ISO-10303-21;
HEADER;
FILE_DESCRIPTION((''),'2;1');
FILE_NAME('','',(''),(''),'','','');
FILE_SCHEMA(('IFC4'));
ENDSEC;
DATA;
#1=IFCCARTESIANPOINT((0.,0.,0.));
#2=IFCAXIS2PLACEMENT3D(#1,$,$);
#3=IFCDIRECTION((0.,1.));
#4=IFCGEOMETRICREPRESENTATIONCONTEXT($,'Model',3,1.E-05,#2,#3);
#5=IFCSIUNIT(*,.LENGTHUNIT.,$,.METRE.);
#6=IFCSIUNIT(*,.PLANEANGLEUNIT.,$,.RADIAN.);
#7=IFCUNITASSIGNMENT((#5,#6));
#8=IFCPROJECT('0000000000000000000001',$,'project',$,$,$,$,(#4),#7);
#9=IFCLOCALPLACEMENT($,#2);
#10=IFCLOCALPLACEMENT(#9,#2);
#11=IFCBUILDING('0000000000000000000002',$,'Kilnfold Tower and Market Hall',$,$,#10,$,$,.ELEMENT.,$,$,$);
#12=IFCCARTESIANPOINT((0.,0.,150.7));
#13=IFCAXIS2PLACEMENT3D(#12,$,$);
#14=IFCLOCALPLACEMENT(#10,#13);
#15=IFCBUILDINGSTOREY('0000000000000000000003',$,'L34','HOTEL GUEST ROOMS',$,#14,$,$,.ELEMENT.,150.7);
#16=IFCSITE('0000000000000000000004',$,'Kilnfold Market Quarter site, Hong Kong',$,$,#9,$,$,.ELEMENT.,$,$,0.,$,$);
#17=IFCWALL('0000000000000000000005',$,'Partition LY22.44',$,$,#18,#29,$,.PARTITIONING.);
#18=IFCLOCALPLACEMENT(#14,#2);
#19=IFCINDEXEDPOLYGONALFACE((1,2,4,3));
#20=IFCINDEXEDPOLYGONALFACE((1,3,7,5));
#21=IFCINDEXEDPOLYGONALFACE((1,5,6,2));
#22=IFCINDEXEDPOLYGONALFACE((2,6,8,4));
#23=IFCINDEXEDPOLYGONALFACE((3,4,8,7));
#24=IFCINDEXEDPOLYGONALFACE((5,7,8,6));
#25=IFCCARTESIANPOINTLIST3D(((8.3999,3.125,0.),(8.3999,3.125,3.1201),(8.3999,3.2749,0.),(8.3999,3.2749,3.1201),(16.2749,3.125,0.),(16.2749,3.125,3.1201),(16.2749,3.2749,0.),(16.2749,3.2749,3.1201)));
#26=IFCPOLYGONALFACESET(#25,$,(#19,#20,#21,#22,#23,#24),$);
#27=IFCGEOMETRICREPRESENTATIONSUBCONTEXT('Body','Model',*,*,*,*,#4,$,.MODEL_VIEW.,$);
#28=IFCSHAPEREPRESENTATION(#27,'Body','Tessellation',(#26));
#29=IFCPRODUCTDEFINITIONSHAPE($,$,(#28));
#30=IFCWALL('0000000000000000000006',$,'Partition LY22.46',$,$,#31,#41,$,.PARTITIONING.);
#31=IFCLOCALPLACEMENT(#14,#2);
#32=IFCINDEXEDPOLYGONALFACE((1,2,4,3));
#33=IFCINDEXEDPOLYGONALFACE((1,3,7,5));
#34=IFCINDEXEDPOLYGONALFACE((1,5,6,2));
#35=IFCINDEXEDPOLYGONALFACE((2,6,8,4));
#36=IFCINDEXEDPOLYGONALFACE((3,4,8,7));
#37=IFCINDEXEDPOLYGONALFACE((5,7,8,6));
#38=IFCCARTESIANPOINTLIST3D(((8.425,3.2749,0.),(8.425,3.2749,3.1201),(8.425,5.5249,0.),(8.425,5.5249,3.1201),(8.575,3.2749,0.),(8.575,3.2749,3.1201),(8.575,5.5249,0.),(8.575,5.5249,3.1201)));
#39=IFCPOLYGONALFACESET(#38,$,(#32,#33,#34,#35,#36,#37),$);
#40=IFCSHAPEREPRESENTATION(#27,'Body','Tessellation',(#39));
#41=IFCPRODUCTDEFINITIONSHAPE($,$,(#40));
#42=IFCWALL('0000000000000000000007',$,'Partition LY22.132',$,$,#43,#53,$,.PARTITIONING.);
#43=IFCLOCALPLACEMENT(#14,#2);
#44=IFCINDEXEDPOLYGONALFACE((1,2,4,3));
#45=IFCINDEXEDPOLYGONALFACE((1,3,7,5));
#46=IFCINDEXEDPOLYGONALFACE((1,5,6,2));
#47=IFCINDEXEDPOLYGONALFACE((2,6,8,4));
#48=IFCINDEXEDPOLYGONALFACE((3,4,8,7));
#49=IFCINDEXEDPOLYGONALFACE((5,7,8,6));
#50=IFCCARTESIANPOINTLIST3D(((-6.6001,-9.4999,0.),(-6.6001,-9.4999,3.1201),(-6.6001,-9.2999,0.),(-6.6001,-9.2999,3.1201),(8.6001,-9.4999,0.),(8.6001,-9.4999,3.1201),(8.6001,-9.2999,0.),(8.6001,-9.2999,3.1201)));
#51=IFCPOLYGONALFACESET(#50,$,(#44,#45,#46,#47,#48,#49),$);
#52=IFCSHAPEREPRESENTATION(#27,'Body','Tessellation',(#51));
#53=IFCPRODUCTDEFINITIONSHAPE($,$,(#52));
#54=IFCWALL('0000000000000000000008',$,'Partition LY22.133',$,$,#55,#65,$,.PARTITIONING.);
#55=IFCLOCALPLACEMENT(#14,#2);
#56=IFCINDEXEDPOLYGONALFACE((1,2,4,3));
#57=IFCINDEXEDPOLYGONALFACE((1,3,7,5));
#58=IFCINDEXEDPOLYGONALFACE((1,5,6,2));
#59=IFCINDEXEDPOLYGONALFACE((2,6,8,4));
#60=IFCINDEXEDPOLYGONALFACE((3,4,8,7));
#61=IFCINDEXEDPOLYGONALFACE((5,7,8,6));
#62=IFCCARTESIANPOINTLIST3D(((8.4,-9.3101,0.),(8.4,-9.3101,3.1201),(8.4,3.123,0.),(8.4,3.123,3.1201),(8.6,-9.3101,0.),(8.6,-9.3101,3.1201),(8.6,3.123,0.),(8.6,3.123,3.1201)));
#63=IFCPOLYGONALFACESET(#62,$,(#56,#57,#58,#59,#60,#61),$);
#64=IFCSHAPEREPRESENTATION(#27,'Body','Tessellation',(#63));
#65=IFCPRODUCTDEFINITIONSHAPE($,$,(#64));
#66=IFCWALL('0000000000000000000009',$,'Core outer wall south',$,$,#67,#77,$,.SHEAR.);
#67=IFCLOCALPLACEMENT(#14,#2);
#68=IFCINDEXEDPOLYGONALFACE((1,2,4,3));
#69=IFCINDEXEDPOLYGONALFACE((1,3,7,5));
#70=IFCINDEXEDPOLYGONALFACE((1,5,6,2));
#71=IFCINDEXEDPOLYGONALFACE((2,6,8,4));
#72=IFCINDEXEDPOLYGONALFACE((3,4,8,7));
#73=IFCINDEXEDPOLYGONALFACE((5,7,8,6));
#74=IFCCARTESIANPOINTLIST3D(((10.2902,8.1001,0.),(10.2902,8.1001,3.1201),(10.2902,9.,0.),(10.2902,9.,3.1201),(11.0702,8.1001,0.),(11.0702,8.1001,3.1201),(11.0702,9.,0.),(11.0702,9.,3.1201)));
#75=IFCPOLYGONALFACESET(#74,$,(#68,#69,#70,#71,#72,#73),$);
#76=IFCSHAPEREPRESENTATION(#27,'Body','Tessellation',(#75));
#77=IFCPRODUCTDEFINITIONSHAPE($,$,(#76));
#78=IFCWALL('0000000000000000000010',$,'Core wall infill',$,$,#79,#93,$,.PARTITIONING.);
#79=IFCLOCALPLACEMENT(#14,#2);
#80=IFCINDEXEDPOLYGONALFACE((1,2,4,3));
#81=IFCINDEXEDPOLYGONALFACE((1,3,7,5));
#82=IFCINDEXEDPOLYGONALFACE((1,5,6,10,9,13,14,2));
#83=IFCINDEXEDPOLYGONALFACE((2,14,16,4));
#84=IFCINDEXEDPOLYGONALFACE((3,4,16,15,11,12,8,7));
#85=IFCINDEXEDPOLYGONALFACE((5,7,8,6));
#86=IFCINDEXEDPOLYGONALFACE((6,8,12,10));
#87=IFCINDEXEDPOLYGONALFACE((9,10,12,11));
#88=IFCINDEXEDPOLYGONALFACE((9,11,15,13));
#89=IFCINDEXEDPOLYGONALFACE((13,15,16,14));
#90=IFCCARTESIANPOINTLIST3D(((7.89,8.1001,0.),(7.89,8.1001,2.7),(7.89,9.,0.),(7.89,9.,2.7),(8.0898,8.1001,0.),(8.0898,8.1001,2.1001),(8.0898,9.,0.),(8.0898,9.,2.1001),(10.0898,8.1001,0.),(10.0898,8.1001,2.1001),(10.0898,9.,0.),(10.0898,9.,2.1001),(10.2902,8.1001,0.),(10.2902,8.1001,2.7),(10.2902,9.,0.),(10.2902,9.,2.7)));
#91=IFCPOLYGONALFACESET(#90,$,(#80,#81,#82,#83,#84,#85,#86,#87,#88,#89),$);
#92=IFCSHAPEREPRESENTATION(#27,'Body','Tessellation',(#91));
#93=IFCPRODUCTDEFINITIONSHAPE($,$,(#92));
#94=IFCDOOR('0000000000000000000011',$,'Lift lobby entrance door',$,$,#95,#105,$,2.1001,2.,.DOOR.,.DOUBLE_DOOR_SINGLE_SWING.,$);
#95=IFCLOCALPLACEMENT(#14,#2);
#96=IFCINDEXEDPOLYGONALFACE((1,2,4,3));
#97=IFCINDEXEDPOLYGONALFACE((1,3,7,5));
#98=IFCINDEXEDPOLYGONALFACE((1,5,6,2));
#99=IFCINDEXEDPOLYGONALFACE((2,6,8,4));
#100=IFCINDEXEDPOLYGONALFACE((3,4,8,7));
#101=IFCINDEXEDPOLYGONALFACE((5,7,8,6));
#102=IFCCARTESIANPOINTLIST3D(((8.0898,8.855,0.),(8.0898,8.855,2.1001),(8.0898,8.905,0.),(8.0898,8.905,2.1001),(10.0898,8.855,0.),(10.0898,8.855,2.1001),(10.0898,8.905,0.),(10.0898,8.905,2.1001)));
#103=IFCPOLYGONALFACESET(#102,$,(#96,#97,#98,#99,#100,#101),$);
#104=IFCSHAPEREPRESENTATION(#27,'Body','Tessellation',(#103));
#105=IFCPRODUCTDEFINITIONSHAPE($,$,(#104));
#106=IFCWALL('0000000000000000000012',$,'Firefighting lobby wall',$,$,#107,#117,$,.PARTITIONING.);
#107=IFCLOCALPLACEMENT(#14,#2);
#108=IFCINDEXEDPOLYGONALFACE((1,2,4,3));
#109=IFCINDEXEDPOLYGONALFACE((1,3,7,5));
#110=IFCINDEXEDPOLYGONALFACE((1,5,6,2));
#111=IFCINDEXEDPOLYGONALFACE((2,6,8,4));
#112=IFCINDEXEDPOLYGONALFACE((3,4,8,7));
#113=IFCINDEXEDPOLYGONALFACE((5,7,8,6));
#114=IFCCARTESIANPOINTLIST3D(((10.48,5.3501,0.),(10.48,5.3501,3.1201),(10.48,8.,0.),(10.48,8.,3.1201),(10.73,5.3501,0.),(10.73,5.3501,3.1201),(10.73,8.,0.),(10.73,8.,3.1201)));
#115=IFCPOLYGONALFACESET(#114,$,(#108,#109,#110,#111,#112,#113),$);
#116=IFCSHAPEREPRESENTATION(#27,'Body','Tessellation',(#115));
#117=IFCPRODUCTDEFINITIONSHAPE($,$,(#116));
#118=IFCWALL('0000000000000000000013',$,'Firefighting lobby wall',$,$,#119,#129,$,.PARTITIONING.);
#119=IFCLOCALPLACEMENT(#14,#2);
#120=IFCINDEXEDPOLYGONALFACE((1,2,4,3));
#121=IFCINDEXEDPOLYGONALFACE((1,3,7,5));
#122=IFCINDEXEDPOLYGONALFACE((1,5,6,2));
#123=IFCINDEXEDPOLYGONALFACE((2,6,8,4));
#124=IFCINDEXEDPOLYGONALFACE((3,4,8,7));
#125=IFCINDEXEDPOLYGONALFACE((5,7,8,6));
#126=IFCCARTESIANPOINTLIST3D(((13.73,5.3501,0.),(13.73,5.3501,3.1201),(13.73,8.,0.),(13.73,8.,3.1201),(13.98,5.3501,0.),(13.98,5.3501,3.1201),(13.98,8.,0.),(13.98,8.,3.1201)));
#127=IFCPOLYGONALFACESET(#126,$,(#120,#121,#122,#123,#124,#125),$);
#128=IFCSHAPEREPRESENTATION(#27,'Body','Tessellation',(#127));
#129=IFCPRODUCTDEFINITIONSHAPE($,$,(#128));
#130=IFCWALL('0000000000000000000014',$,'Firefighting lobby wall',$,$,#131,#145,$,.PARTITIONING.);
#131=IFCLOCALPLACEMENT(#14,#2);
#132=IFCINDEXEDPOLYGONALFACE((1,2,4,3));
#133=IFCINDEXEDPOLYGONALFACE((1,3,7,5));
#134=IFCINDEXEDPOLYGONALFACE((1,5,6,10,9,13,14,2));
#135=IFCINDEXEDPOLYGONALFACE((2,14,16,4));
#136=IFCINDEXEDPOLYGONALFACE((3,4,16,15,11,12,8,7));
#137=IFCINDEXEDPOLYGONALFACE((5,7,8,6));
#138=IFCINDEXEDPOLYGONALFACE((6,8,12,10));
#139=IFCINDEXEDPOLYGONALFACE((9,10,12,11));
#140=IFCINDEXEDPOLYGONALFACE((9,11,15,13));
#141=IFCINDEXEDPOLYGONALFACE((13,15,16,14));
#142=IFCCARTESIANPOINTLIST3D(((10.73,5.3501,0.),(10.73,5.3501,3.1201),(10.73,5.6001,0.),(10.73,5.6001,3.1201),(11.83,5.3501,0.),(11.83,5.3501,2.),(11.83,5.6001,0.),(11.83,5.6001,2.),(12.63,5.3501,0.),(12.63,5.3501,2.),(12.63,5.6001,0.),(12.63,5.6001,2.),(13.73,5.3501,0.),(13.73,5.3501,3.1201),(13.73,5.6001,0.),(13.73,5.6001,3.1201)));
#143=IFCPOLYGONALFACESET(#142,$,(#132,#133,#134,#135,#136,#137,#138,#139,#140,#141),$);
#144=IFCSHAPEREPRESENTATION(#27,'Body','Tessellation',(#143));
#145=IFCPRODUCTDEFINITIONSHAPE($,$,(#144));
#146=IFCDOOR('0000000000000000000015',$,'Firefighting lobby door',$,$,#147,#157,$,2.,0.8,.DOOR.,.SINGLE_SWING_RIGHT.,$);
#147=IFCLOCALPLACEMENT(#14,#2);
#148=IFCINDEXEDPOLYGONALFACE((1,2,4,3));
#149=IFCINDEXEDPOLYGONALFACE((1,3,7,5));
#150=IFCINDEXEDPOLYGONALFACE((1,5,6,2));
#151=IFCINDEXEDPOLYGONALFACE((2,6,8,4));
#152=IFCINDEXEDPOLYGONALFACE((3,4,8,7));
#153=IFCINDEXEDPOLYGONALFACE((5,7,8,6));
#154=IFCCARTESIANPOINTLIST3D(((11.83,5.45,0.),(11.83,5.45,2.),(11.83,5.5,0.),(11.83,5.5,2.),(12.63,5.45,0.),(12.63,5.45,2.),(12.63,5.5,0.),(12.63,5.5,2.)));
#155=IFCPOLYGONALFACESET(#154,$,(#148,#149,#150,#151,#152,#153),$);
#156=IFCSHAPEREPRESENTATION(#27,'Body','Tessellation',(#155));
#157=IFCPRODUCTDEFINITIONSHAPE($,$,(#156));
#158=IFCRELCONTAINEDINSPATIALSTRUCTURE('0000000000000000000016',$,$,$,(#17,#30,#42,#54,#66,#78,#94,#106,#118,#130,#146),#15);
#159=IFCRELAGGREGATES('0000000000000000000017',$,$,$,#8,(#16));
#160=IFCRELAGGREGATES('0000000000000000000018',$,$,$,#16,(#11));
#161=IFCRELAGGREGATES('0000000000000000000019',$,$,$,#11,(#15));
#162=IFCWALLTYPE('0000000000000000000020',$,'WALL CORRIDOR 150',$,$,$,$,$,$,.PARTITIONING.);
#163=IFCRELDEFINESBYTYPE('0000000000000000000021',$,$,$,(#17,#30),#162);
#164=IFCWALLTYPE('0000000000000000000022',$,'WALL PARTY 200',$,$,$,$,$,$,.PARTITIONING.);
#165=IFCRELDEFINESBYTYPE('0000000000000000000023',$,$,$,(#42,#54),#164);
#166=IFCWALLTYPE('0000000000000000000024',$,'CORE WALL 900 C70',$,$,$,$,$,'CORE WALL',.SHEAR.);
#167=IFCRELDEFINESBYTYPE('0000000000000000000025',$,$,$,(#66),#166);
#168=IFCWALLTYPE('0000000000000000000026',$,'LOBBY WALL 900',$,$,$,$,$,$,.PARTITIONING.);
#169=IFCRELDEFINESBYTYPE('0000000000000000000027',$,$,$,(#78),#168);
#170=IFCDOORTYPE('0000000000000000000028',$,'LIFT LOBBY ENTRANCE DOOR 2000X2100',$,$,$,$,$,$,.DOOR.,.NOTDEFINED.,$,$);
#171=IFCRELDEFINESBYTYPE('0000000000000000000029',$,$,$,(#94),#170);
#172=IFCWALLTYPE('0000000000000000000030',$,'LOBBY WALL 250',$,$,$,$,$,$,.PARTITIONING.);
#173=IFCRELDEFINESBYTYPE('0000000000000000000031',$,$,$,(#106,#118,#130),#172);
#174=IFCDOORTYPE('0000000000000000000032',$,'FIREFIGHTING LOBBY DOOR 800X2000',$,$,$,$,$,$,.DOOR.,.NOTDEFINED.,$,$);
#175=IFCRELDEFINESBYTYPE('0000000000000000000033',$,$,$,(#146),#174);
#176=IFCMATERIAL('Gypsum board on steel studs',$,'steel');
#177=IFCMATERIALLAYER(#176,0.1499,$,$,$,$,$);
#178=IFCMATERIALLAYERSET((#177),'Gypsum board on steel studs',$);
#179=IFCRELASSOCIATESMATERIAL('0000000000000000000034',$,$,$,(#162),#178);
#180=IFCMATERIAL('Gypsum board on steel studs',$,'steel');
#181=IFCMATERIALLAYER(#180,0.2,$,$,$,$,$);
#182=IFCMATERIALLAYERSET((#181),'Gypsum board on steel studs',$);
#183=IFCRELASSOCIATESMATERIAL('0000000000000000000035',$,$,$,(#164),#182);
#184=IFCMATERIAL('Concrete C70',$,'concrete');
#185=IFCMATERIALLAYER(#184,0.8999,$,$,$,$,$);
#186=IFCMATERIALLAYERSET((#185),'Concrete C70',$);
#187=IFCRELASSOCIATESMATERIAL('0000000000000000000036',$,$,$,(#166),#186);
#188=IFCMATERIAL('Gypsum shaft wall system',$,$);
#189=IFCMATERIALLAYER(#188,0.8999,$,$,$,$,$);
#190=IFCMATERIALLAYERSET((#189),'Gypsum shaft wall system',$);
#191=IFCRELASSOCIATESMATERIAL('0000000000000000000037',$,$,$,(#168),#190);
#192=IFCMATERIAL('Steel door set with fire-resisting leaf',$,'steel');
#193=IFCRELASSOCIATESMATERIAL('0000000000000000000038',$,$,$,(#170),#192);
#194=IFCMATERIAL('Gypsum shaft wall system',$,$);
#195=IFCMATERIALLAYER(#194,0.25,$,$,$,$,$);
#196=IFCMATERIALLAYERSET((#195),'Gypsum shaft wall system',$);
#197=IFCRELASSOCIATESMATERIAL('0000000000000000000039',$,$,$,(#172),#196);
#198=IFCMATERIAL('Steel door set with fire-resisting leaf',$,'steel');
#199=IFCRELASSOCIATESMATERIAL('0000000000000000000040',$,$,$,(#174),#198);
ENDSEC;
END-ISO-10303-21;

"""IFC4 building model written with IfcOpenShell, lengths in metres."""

from ifc_helpers import new_model, si_unit, direction, frame, frame_2d, origin, place, context, subcontext, project, spatial, rectangle, extrude, source, transform, mapped, material, layer, layer_set, type_object, element, fill, save


model = new_model("IFC4")

# Units and contexts
model_context = context("Model", 3, precision=1e-05, world=origin(), true_north=direction((0.0, 1.0)))
body_context = subcontext(model_context, "Body", "Model", "MODEL_VIEW")
ifc_project = project(units=[si_unit("LENGTHUNIT", "METRE"), si_unit("PLANEANGLEUNIT", "RADIAN")], contexts=[model_context])

# Site, building, storey
site_placement = place(None, origin())
site = spatial("IfcSite", under=ifc_project, at=site_placement, Name="Kilnfold Market Quarter site, Hong Kong", CompositionType="ELEMENT", RefElevation=0.0)
building_placement = place(site_placement, origin())
building = spatial("IfcBuilding", under=site, at=building_placement, Name="Kilnfold Tower and Market Hall", CompositionType="ELEMENT")
storey_placement = place(building_placement, frame((0.0, 0.0, 150.7)))
storey = spatial("IfcBuildingStorey", under=building, at=storey_placement, Name="L34", Description="HOTEL GUEST ROOMS", CompositionType="ELEMENT", Elevation=150.7)

# Shared definitions
ifc_material_1 = material(Name="Gypsum board on steel studs", Category="steel")
ifc_layer_1 = layer(ifc_material_1, 0.1499)
ifc_layer_set_1 = layer_set([ifc_layer_1], Name="Gypsum board on steel studs")
wall_type_1 = type_object("IfcWallType", Name="WALL CORRIDOR 150", PredefinedType="PARTITIONING", material=ifc_layer_set_1)

# Walls
wall_1_placement = place(storey_placement, frame((8.3999, 3.2, 0.0), z_axis=(0.0, 0.0, 1.0), x_axis=(1.0, 0.0, 0.0)))
element("IfcWall", 1, at=wall_1_placement, inside=storey, type_object=wall_type_1, Name="Partition LY22.44", PredefinedType="PARTITIONING", context=body_context, shape_type="SweptSolid", body=[
    extrude(rectangle(XDim=7.875, YDim=0.1499, at=frame_2d((3.9375, 0.0))), origin(), (0.0, 0.0, 1.0), 3.1201),
])
wall_2_placement = place(storey_placement, frame((8.5, 5.5249, 0.0), z_axis=(0.0, 0.0, 1.0), x_axis=(0.0, -1.0, 0.0)))
element("IfcWall", 2, at=wall_2_placement, inside=storey, type_object=wall_type_1, Name="Partition LY22.46", PredefinedType="PARTITIONING", context=body_context, shape_type="SweptSolid", body=[
    extrude(rectangle(XDim=2.25, YDim=0.1499, at=frame_2d((1.125, 0.0))), origin(), (0.0, 0.0, 1.0), 3.1201),
])
ifc_material_2 = material(Name="Gypsum board on steel studs", Category="steel")
ifc_layer_2 = layer(ifc_material_2, 0.2)
ifc_layer_set_2 = layer_set([ifc_layer_2], Name="Gypsum board on steel studs")
wall_type_2 = type_object("IfcWallType", Name="WALL PARTY 200", PredefinedType="PARTITIONING", material=ifc_layer_set_2)
wall_3_placement = place(storey_placement, frame((8.6001, -9.3999, 0.0), z_axis=(0.0, 0.0, 1.0), x_axis=(-1.0, 0.0, 0.0)))
element("IfcWall", 3, at=wall_3_placement, inside=storey, type_object=wall_type_2, Name="Partition LY22.132", PredefinedType="PARTITIONING", context=body_context, shape_type="SweptSolid", body=[
    extrude(rectangle(XDim=15.2002, YDim=0.2, at=frame_2d((7.6001, 0.0))), origin(), (0.0, 0.0, 1.0), 3.1201),
])
wall_4_placement = place(storey_placement, frame((8.5, -9.3101, 0.0), z_axis=(0.0, 0.0, 1.0), x_axis=(0.0, 1.0, 0.0)))
element("IfcWall", 4, at=wall_4_placement, inside=storey, type_object=wall_type_2, Name="Partition LY22.133", PredefinedType="PARTITIONING", context=body_context, shape_type="SweptSolid", body=[
    extrude(rectangle(XDim=12.4331, YDim=0.2, at=frame_2d((6.2166, 0.0))), origin(), (0.0, 0.0, 1.0), 3.1201),
])
ifc_material_3 = material(Name="Concrete C70", Category="concrete")
ifc_layer_3 = layer(ifc_material_3, 0.8999)
ifc_layer_set_3 = layer_set([ifc_layer_3], Name="Concrete C70")
wall_type_3 = type_object("IfcWallType", Name="CORE WALL 900 C70", ElementType="CORE WALL", PredefinedType="SHEAR", material=ifc_layer_set_3)
shared_shape_1 = source(origin(), body_context, "Body", "SweptSolid", [
    extrude(rectangle(XDim=0.78, YDim=0.8999, at=frame_2d((0.3901, 0.0))), origin(), (0.0, 0.0, 1.0), 3.1201),
])
wall_5_placement = place(storey_placement, frame((10.29, 8.55, 0.0), z_axis=(0.0, 0.0, 1.0), x_axis=(1.0, 0.0, 0.0)))
element("IfcWall", 5, at=wall_5_placement, inside=storey, type_object=wall_type_3, Name="Core outer wall south", PredefinedType="SHEAR", context=body_context, shape_type="MappedRepresentation", body=[
    mapped(shared_shape_1, transform((0.0, 0.0, 0.0))),
])

# Wall, opening, door
ifc_material_4 = material(Name="Gypsum shaft wall system")
ifc_layer_4 = layer(ifc_material_4, 0.8999)
ifc_layer_set_4 = layer_set([ifc_layer_4], Name="Gypsum shaft wall system")
wall_type_4 = type_object("IfcWallType", Name="LOBBY WALL 900", PredefinedType="PARTITIONING", material=ifc_layer_set_4)
shared_shape_2 = source(origin(), body_context, "Body", "SweptSolid", [
    extrude(rectangle(XDim=2.4001, YDim=0.8999, at=frame_2d((1.2002, 0.0))), origin(), (0.0, 0.0, 1.0), 2.7),
])
wall_6_placement = place(storey_placement, frame((7.8899, 8.55, 0.0), z_axis=(0.0, 0.0, 1.0), x_axis=(1.0, 0.0, 0.0)))
wall_6 = element("IfcWall", 6, at=wall_6_placement, inside=storey, type_object=wall_type_4, Name="Core wall infill", PredefinedType="PARTITIONING", context=body_context, shape_type="MappedRepresentation", body=[
    mapped(shared_shape_2, transform((0.0, 0.0, 0.0))),
])
opening_1_placement = place(wall_6_placement, frame((0.2, 0.0, 0.0)))
opening_1 = element("IfcOpeningElement", 7, at=opening_1_placement, cuts=wall_6, PredefinedType="OPENING", context=body_context, shape_type="SweptSolid", body=[
    extrude(rectangle(XDim=2.0, YDim=2.1001, at=frame_2d((1.0, 1.05))), frame((0.0, 0.46, 0.0), z_axis=(0.0, -1.0, 0.0), x_axis=(1.0, 0.0, 0.0)), (0.0, 0.0, 1.0), 0.9199),
])
ifc_material_5 = material(Name="Steel door set with fire-resisting leaf", Category="steel")
door_type_1 = type_object("IfcDoorType", Name="LIFT LOBBY ENTRANCE DOOR 2000X2100", OperationType="NOTDEFINED", PredefinedType="DOOR", material=ifc_material_5)
door_1_placement = place(opening_1_placement, origin())
door_1 = element("IfcDoor", 8, at=door_1_placement, inside=storey, type_object=door_type_1, Name="Lift lobby entrance door", OperationType="DOUBLE_DOOR_SINGLE_SWING", OverallHeight=2.1001, OverallWidth=2.0, PredefinedType="DOOR", context=body_context, shape_type="SweptSolid", body=[
    extrude(rectangle(XDim=2.0, YDim=2.1001, at=frame_2d((1.0, 1.05))), frame((0.0, 0.355, 0.0), z_axis=(0.0, -1.0, 0.0), x_axis=(1.0, 0.0, 0.0)), (0.0, 0.0, 1.0), 0.05),
])
fill(opening_1, door_1)

# Walls
ifc_material_6 = material(Name="Gypsum shaft wall system")
ifc_layer_5 = layer(ifc_material_6, 0.25)
ifc_layer_set_5 = layer_set([ifc_layer_5], Name="Gypsum shaft wall system")
wall_type_5 = type_object("IfcWallType", Name="LOBBY WALL 250", PredefinedType="PARTITIONING", material=ifc_layer_set_5)
shared_shape_3 = source(origin(), body_context, "Body", "SweptSolid", [
    extrude(rectangle(XDim=2.6499, YDim=0.25, at=frame_2d((1.325, 0.0))), origin(), (0.0, 0.0, 1.0), 3.1201),
])
for number, where, z_axis, x_axis, name in (
    (9, (10.605, 5.3501, 0.0), (0.0, 0.0, 1.0), (0.0, 1.0, 0.0), "Firefighting lobby wall"),
    (10, (13.855, 5.3501, 0.0), (0.0, 0.0, 1.0), (0.0, 1.0, 0.0), "Firefighting lobby wall"),
):
    element("IfcWall", number, at=place(storey_placement, frame(where, z_axis=z_axis, x_axis=x_axis)), inside=storey, type_object=wall_type_5, Name=name, PredefinedType="PARTITIONING", context=body_context, shape_type="MappedRepresentation", body=[
        mapped(shared_shape_3, transform((0.0, 0.0, 0.0))),
    ])

# Wall, opening, door
shared_shape_4 = source(origin(), body_context, "Body", "SweptSolid", [
    extrude(rectangle(XDim=3.0, YDim=0.25, at=frame_2d((1.5, 0.0))), origin(), (0.0, 0.0, 1.0), 3.1201),
])
wall_7_placement = place(storey_placement, frame((10.73, 5.4751, 0.0), z_axis=(0.0, 0.0, 1.0), x_axis=(1.0, 0.0, 0.0)))
wall_7 = element("IfcWall", 11, at=wall_7_placement, inside=storey, type_object=wall_type_5, Name="Firefighting lobby wall", PredefinedType="PARTITIONING", context=body_context, shape_type="MappedRepresentation", body=[
    mapped(shared_shape_4, transform((0.0, 0.0, 0.0))),
])
opening_2_placement = place(wall_7_placement, frame((1.1001, 0.0, 0.0)))
opening_2 = element("IfcOpeningElement", 12, at=opening_2_placement, cuts=wall_7, PredefinedType="OPENING", context=body_context, shape_type="SweptSolid", body=[
    extrude(rectangle(XDim=0.8, YDim=2.0, at=frame_2d((0.3999, 1.0))), frame((0.0, 0.135, 0.0), z_axis=(0.0, -1.0, 0.0), x_axis=(1.0, 0.0, 0.0)), (0.0, 0.0, 1.0), 0.27),
])
ifc_material_7 = material(Name="Steel door set with fire-resisting leaf", Category="steel")
door_type_2 = type_object("IfcDoorType", Name="FIREFIGHTING LOBBY DOOR 800X2000", OperationType="NOTDEFINED", PredefinedType="DOOR", material=ifc_material_7)
door_2_placement = place(opening_2_placement, origin())
door_2 = element("IfcDoor", 13, at=door_2_placement, inside=storey, type_object=door_type_2, Name="Firefighting lobby door", OperationType="SINGLE_SWING_RIGHT", OverallHeight=2.0, OverallWidth=0.8, PredefinedType="DOOR", context=body_context, shape_type="SweptSolid", body=[
    extrude(rectangle(XDim=0.8, YDim=2.0, at=frame_2d((0.3999, 1.0))), frame((0.0, 0.0249, 0.0), z_axis=(0.0, -1.0, 0.0), x_axis=(1.0, 0.0, 0.0)), (0.0, 0.0, 1.0), 0.05),
])
fill(opening_2, door_2)

save(model, "model.ifc")
